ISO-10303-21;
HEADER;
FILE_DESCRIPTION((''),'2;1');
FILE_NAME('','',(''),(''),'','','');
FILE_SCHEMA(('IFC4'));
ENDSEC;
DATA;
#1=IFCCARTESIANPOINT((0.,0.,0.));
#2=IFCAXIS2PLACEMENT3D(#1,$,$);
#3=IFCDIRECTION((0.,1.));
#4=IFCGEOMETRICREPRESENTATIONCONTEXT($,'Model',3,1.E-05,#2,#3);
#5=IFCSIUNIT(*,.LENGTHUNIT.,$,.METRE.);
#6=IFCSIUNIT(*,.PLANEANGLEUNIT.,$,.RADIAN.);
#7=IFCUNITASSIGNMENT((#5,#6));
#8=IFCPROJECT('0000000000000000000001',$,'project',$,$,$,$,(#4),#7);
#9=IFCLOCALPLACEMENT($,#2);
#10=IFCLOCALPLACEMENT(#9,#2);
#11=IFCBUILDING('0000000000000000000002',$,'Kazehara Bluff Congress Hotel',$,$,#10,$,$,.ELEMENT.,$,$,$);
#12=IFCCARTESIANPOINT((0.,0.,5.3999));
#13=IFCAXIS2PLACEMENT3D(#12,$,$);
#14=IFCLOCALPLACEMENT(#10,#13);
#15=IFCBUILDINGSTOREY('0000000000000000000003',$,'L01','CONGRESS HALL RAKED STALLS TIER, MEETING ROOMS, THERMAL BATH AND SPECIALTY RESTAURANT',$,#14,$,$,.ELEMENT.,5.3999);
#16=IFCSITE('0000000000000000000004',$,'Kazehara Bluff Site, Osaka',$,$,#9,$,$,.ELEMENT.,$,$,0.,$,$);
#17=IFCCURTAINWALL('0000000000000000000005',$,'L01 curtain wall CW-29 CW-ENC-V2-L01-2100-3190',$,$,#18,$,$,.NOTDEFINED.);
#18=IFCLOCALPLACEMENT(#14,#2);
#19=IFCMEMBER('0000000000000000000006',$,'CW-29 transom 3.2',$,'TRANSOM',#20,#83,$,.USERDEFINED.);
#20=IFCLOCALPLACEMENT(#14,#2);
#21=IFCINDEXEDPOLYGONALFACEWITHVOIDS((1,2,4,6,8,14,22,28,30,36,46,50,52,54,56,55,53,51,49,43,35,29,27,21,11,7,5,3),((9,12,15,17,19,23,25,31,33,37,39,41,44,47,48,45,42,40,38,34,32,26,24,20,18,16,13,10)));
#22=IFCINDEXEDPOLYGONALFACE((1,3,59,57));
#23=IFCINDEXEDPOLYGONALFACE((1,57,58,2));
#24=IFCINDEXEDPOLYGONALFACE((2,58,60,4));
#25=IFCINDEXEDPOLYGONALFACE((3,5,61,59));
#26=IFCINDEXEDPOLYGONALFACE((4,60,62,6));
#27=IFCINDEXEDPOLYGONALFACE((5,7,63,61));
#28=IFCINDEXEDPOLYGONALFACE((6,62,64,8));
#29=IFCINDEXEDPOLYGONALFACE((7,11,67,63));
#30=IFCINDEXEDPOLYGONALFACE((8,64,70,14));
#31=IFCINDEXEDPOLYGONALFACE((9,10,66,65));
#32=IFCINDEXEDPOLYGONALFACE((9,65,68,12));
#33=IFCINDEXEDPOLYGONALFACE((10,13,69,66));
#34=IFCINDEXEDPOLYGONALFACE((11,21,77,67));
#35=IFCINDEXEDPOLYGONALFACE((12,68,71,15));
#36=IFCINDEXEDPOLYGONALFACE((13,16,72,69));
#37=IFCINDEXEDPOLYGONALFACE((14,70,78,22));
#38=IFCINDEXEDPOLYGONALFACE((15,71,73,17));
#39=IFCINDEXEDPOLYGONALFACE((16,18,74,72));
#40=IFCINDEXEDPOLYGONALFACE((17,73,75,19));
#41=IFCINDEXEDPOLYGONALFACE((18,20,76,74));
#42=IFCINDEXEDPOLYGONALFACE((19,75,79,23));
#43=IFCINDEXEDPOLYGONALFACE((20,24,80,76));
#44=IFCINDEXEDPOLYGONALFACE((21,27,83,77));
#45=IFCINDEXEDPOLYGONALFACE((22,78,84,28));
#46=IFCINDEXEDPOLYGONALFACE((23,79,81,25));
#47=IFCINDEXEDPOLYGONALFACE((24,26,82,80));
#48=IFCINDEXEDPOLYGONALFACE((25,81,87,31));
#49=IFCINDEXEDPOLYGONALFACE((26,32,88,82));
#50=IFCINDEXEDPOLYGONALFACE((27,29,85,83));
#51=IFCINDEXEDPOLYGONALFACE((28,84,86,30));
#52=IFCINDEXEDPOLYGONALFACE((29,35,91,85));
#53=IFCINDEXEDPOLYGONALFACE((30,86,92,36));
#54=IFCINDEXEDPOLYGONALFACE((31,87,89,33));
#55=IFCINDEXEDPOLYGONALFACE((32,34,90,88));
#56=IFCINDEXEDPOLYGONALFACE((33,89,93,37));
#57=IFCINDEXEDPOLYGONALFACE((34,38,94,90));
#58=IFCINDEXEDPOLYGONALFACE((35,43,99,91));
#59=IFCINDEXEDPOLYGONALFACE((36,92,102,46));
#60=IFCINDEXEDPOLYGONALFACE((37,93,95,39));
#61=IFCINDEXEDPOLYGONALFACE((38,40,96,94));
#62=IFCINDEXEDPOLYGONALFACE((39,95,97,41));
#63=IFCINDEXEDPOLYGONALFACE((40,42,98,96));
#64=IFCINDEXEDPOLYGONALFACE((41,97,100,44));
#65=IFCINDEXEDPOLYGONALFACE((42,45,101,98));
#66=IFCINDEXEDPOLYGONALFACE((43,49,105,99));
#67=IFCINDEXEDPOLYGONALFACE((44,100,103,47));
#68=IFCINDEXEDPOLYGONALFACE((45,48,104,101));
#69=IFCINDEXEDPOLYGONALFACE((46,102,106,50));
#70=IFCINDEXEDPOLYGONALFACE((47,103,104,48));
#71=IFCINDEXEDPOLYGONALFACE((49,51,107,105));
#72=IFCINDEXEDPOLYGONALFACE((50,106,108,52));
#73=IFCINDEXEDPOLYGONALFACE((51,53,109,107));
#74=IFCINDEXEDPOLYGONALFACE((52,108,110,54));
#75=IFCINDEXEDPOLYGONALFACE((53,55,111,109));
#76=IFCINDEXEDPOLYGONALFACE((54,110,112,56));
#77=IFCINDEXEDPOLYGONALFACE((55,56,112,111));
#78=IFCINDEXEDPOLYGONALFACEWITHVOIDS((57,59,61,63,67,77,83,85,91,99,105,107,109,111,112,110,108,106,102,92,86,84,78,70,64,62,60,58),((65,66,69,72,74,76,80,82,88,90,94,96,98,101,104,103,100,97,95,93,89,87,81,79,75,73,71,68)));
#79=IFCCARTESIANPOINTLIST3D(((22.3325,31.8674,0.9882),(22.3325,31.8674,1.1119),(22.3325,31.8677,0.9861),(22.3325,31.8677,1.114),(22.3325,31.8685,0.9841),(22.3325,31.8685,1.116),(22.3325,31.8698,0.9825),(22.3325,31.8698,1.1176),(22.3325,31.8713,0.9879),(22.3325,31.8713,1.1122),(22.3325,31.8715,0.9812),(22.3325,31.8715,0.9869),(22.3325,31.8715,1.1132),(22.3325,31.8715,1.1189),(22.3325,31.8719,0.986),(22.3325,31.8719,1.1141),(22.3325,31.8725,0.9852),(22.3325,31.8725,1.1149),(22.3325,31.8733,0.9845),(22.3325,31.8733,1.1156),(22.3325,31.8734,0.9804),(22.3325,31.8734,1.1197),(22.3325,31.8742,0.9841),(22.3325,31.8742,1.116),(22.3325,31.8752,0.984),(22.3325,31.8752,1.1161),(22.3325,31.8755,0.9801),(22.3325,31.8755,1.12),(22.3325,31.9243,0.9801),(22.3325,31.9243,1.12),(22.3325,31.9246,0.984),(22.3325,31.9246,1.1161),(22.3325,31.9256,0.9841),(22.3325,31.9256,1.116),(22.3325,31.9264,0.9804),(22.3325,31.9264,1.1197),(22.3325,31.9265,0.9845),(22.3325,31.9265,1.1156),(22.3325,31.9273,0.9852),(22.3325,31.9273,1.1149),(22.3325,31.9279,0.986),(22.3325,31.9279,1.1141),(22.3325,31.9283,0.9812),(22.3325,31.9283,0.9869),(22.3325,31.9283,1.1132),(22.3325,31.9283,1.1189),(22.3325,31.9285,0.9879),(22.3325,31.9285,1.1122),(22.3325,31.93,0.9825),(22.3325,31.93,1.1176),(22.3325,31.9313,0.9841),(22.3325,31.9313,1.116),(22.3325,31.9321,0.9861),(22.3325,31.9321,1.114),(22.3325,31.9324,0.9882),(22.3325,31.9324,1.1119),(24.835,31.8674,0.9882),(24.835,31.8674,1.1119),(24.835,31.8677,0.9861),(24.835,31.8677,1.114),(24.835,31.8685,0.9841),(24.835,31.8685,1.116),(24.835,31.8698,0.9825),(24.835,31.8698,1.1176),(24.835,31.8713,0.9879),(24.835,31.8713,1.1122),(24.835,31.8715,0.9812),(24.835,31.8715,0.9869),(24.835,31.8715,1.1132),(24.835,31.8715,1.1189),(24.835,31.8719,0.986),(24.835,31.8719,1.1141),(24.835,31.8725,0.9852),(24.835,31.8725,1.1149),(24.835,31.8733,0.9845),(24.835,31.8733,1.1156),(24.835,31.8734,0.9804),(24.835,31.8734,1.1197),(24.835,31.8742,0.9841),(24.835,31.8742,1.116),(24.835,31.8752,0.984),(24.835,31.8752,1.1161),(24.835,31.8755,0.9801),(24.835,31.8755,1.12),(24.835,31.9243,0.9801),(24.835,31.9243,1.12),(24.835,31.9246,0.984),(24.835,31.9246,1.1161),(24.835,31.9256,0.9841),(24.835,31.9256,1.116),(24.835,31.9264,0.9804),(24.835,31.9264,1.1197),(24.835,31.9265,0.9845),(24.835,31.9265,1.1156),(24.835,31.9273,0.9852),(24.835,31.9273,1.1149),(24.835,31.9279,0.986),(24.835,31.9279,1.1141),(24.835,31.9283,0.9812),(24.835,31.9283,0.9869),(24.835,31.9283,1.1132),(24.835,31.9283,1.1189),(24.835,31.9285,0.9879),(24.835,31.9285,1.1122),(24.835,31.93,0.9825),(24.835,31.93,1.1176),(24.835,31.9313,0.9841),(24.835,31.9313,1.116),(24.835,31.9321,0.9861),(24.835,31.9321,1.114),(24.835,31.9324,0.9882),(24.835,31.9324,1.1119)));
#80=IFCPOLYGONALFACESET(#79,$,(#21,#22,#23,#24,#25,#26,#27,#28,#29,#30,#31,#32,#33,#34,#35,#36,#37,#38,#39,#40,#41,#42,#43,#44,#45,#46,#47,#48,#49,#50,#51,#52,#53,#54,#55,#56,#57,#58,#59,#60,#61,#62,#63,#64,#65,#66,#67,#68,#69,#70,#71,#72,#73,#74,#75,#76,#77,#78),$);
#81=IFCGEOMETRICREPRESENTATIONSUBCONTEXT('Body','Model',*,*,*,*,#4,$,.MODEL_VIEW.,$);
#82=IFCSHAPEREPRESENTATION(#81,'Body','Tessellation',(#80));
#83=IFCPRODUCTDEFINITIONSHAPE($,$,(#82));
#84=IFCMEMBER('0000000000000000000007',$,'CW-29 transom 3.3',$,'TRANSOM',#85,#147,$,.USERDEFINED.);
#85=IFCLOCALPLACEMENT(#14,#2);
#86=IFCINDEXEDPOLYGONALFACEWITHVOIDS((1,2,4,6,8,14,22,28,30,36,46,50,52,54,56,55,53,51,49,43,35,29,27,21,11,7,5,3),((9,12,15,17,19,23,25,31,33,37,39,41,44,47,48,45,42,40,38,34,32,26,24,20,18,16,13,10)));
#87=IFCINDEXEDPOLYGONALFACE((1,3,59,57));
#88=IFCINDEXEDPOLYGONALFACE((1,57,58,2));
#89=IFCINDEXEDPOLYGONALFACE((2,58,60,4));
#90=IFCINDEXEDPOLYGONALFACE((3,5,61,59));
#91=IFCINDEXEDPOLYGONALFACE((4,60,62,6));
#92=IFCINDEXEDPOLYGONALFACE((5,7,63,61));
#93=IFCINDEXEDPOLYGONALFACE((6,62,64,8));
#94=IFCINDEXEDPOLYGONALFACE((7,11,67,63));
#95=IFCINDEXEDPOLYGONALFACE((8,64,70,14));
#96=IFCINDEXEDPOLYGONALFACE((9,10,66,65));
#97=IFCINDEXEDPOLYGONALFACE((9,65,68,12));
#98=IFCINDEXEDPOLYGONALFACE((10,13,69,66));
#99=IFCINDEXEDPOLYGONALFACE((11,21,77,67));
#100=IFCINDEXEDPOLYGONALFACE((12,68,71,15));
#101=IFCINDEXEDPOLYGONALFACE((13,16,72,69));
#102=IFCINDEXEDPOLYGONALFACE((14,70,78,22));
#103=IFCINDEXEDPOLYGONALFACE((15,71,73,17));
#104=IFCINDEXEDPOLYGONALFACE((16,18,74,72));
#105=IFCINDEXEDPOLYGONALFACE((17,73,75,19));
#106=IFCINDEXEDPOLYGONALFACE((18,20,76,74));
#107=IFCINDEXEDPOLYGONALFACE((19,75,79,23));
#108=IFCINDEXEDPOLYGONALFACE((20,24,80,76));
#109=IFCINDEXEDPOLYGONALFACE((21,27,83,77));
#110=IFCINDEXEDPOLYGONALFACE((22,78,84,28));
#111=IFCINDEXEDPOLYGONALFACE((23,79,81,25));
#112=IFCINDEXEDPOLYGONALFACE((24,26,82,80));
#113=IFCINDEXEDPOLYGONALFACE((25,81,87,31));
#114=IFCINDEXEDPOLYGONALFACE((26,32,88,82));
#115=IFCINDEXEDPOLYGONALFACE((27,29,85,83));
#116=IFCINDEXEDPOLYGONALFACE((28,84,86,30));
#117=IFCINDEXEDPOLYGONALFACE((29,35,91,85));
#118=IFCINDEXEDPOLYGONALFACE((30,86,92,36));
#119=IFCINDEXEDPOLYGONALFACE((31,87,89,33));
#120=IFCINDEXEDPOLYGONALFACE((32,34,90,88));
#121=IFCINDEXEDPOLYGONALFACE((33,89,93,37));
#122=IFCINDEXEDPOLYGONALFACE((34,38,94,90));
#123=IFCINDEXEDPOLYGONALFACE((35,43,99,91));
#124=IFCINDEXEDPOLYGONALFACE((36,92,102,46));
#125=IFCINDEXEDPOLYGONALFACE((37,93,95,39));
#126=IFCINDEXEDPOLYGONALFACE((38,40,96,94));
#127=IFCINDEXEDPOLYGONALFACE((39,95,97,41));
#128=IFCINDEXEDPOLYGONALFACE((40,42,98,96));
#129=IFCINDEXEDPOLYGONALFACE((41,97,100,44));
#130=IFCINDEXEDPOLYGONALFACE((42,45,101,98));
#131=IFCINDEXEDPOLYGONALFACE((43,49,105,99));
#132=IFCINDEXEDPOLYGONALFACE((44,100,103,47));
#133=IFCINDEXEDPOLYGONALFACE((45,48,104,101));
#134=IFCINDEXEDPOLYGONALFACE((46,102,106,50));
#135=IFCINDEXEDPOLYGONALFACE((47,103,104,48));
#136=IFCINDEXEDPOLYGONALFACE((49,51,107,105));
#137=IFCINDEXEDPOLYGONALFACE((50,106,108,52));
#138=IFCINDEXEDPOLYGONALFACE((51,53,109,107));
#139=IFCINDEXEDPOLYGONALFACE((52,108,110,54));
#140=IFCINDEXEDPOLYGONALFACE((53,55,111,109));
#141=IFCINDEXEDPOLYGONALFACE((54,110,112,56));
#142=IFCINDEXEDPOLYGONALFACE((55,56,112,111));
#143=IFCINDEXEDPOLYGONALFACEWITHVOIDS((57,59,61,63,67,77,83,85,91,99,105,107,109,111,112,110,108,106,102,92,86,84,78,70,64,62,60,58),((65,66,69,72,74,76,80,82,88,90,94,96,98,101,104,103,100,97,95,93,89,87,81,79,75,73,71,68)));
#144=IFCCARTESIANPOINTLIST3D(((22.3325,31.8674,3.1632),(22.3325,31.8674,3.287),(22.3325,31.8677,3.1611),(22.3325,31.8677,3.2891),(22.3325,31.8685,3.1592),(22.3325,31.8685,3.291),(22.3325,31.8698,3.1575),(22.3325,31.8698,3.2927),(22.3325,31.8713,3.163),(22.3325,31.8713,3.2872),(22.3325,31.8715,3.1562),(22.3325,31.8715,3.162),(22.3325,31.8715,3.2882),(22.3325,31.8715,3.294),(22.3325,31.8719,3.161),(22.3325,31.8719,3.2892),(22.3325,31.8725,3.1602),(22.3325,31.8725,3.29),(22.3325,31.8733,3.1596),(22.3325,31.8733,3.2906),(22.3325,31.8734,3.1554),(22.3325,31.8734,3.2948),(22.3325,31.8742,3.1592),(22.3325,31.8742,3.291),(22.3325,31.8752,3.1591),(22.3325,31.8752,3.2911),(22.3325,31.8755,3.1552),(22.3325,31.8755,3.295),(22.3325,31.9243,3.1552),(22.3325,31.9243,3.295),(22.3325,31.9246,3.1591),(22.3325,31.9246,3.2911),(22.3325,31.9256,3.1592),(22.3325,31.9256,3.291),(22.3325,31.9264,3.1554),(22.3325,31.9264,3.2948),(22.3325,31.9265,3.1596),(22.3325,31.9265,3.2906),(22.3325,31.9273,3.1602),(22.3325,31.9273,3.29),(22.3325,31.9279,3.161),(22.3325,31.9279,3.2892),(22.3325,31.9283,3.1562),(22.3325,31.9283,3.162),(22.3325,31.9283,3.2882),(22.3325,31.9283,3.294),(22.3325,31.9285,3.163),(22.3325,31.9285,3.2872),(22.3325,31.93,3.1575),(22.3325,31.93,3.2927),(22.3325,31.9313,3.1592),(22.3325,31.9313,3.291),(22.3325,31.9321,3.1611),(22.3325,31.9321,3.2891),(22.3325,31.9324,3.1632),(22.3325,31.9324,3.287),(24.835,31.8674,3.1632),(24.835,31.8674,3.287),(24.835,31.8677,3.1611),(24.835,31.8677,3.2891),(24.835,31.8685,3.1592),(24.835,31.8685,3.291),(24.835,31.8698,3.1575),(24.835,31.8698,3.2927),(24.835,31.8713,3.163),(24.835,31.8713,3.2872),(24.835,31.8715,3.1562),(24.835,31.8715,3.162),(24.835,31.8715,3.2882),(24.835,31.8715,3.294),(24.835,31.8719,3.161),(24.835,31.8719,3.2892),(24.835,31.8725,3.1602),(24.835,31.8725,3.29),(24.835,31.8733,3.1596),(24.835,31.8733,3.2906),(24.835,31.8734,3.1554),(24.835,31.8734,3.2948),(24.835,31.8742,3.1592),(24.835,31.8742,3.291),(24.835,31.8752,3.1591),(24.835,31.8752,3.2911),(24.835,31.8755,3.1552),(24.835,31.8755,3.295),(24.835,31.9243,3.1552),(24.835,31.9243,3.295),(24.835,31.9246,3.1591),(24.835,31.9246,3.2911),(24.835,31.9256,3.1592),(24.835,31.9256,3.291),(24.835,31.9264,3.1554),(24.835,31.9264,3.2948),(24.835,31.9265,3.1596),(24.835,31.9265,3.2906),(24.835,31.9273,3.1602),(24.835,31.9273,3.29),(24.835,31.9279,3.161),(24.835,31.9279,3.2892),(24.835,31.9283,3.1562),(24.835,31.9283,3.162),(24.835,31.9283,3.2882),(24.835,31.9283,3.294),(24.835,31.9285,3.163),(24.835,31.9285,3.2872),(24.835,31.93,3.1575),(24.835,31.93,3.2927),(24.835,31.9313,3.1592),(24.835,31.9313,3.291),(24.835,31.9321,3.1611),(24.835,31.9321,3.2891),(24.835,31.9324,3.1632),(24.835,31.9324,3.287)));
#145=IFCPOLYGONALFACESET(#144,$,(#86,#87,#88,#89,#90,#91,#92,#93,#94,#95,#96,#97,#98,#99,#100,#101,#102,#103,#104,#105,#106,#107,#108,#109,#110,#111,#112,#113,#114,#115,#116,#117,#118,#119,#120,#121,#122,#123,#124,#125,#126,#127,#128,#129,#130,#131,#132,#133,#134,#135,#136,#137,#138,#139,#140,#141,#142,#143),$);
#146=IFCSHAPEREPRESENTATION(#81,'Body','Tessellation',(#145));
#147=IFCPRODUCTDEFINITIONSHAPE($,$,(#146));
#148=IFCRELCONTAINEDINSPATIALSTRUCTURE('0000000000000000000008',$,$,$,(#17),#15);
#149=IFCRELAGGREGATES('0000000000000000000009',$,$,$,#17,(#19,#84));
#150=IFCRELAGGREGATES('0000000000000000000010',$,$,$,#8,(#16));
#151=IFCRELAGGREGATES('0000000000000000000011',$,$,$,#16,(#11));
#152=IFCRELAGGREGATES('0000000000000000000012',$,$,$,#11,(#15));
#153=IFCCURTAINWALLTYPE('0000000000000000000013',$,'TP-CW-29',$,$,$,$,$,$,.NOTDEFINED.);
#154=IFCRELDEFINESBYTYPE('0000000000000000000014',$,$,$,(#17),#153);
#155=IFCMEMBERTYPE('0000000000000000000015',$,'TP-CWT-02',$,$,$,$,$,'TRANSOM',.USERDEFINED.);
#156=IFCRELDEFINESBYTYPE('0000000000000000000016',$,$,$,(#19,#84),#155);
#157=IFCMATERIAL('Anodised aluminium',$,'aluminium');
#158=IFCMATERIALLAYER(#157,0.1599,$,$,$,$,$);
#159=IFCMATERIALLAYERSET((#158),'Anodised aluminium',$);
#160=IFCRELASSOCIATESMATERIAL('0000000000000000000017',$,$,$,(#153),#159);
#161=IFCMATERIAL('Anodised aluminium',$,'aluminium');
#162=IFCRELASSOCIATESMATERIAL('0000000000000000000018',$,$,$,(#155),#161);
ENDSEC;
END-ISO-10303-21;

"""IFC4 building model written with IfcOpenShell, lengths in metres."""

from ifc_helpers import new_model, si_unit, direction, frame, origin, origin_2d, place, context, subcontext, project, spatial, hollow_rectangle, extrude, material, layer, layer_set, material_profile, profile_set, type_object, element, aggregate, save


model = new_model("IFC4")

# Units and contexts
model_context = context("Model", 3, precision=1e-05, world=origin(), true_north=direction((0.0, 1.0)))
body_context = subcontext(model_context, "Body", "Model", "MODEL_VIEW")
ifc_project = project(units=[si_unit("LENGTHUNIT", "METRE"), si_unit("PLANEANGLEUNIT", "RADIAN")], contexts=[model_context])

# Site, building, storey
site_placement = place(None, origin())
site = spatial("IfcSite", under=ifc_project, at=site_placement, Name="Kazehara Bluff Site, Osaka", CompositionType="ELEMENT", RefElevation=0.0)
building_placement = place(site_placement, origin())
building = spatial("IfcBuilding", under=site, at=building_placement, Name="Kazehara Bluff Congress Hotel", CompositionType="ELEMENT")
storey_placement = place(building_placement, frame((0.0, 0.0, 5.3999)))
storey = spatial("IfcBuildingStorey", under=building, at=storey_placement, Name="L01", Description="CONGRESS HALL RAKED STALLS TIER, MEETING ROOMS, THERMAL BATH AND SPECIALTY RESTAURANT", CompositionType="ELEMENT", Elevation=5.3999)

# Curtain wall
ifc_material_1 = material(Name="Anodised aluminium", Category="aluminium")
ifc_layer_1 = layer(ifc_material_1, 0.1599)
ifc_layer_set_1 = layer_set([ifc_layer_1], Name="Anodised aluminium")
curtain_wall_type_1 = type_object("IfcCurtainWallType", Name="TP-CW-29", PredefinedType="NOTDEFINED", material=ifc_layer_set_1)
curtain_wall_1_placement = place(storey_placement, origin())
curtain_wall_1 = element("IfcCurtainWall", 1, at=curtain_wall_1_placement, inside=storey, type_object=curtain_wall_type_1, Name="L01 curtain wall CW-29 CW-ENC-V2-L01-2100-3190", PredefinedType="NOTDEFINED")

# Members
ifc_material_2 = material(Name="Anodised aluminium", Category="aluminium")
ifc_material_profile_1 = material_profile(ifc_material_2, hollow_rectangle(XDim=0.0649, YDim=0.1399, WallThickness=0.0039, InnerFilletRadius=0.0039, OuterFilletRadius=0.0081, at=origin_2d()))
ifc_profile_set_1 = profile_set([ifc_material_profile_1], Name="Anodised aluminium")
member_type_1 = type_object("IfcMemberType", Name="TP-CWT-02", ElementType="TRANSOM", PredefinedType="USERDEFINED", material=ifc_profile_set_1)
member_1_placement = place(storey_placement, frame((22.3325, 31.8999, 1.05), z_axis=(1.0, 0.0, 0.0), x_axis=(0.0, 1.0, 0.0)))
member_1 = element("IfcMember", 2, at=member_1_placement, type_object=member_type_1, Name="CW-29 transom 3.2", ObjectType="TRANSOM", PredefinedType="USERDEFINED", context=body_context, shape_type="SweptSolid", body=[
    extrude(hollow_rectangle(XDim=0.0649, YDim=0.1399, WallThickness=0.0039, InnerFilletRadius=0.0039, OuterFilletRadius=0.0081, at=origin_2d()), origin(), (0.0, 0.0, 1.0), 2.5024),
])
member_2_placement = place(storey_placement, frame((22.3325, 31.8999, 3.2251), z_axis=(1.0, 0.0, 0.0), x_axis=(0.0, 1.0, 0.0)))
member_2 = element("IfcMember", 3, at=member_2_placement, type_object=member_type_1, Name="CW-29 transom 3.3", ObjectType="TRANSOM", PredefinedType="USERDEFINED", context=body_context, shape_type="SweptSolid", body=[
    extrude(hollow_rectangle(XDim=0.0649, YDim=0.1399, WallThickness=0.0039, InnerFilletRadius=0.0039, OuterFilletRadius=0.0081, at=origin_2d()), origin(), (0.0, 0.0, 1.0), 2.5024),
])

aggregate(curtain_wall_1, [member_1, member_2])

save(model, "model.ifc")
